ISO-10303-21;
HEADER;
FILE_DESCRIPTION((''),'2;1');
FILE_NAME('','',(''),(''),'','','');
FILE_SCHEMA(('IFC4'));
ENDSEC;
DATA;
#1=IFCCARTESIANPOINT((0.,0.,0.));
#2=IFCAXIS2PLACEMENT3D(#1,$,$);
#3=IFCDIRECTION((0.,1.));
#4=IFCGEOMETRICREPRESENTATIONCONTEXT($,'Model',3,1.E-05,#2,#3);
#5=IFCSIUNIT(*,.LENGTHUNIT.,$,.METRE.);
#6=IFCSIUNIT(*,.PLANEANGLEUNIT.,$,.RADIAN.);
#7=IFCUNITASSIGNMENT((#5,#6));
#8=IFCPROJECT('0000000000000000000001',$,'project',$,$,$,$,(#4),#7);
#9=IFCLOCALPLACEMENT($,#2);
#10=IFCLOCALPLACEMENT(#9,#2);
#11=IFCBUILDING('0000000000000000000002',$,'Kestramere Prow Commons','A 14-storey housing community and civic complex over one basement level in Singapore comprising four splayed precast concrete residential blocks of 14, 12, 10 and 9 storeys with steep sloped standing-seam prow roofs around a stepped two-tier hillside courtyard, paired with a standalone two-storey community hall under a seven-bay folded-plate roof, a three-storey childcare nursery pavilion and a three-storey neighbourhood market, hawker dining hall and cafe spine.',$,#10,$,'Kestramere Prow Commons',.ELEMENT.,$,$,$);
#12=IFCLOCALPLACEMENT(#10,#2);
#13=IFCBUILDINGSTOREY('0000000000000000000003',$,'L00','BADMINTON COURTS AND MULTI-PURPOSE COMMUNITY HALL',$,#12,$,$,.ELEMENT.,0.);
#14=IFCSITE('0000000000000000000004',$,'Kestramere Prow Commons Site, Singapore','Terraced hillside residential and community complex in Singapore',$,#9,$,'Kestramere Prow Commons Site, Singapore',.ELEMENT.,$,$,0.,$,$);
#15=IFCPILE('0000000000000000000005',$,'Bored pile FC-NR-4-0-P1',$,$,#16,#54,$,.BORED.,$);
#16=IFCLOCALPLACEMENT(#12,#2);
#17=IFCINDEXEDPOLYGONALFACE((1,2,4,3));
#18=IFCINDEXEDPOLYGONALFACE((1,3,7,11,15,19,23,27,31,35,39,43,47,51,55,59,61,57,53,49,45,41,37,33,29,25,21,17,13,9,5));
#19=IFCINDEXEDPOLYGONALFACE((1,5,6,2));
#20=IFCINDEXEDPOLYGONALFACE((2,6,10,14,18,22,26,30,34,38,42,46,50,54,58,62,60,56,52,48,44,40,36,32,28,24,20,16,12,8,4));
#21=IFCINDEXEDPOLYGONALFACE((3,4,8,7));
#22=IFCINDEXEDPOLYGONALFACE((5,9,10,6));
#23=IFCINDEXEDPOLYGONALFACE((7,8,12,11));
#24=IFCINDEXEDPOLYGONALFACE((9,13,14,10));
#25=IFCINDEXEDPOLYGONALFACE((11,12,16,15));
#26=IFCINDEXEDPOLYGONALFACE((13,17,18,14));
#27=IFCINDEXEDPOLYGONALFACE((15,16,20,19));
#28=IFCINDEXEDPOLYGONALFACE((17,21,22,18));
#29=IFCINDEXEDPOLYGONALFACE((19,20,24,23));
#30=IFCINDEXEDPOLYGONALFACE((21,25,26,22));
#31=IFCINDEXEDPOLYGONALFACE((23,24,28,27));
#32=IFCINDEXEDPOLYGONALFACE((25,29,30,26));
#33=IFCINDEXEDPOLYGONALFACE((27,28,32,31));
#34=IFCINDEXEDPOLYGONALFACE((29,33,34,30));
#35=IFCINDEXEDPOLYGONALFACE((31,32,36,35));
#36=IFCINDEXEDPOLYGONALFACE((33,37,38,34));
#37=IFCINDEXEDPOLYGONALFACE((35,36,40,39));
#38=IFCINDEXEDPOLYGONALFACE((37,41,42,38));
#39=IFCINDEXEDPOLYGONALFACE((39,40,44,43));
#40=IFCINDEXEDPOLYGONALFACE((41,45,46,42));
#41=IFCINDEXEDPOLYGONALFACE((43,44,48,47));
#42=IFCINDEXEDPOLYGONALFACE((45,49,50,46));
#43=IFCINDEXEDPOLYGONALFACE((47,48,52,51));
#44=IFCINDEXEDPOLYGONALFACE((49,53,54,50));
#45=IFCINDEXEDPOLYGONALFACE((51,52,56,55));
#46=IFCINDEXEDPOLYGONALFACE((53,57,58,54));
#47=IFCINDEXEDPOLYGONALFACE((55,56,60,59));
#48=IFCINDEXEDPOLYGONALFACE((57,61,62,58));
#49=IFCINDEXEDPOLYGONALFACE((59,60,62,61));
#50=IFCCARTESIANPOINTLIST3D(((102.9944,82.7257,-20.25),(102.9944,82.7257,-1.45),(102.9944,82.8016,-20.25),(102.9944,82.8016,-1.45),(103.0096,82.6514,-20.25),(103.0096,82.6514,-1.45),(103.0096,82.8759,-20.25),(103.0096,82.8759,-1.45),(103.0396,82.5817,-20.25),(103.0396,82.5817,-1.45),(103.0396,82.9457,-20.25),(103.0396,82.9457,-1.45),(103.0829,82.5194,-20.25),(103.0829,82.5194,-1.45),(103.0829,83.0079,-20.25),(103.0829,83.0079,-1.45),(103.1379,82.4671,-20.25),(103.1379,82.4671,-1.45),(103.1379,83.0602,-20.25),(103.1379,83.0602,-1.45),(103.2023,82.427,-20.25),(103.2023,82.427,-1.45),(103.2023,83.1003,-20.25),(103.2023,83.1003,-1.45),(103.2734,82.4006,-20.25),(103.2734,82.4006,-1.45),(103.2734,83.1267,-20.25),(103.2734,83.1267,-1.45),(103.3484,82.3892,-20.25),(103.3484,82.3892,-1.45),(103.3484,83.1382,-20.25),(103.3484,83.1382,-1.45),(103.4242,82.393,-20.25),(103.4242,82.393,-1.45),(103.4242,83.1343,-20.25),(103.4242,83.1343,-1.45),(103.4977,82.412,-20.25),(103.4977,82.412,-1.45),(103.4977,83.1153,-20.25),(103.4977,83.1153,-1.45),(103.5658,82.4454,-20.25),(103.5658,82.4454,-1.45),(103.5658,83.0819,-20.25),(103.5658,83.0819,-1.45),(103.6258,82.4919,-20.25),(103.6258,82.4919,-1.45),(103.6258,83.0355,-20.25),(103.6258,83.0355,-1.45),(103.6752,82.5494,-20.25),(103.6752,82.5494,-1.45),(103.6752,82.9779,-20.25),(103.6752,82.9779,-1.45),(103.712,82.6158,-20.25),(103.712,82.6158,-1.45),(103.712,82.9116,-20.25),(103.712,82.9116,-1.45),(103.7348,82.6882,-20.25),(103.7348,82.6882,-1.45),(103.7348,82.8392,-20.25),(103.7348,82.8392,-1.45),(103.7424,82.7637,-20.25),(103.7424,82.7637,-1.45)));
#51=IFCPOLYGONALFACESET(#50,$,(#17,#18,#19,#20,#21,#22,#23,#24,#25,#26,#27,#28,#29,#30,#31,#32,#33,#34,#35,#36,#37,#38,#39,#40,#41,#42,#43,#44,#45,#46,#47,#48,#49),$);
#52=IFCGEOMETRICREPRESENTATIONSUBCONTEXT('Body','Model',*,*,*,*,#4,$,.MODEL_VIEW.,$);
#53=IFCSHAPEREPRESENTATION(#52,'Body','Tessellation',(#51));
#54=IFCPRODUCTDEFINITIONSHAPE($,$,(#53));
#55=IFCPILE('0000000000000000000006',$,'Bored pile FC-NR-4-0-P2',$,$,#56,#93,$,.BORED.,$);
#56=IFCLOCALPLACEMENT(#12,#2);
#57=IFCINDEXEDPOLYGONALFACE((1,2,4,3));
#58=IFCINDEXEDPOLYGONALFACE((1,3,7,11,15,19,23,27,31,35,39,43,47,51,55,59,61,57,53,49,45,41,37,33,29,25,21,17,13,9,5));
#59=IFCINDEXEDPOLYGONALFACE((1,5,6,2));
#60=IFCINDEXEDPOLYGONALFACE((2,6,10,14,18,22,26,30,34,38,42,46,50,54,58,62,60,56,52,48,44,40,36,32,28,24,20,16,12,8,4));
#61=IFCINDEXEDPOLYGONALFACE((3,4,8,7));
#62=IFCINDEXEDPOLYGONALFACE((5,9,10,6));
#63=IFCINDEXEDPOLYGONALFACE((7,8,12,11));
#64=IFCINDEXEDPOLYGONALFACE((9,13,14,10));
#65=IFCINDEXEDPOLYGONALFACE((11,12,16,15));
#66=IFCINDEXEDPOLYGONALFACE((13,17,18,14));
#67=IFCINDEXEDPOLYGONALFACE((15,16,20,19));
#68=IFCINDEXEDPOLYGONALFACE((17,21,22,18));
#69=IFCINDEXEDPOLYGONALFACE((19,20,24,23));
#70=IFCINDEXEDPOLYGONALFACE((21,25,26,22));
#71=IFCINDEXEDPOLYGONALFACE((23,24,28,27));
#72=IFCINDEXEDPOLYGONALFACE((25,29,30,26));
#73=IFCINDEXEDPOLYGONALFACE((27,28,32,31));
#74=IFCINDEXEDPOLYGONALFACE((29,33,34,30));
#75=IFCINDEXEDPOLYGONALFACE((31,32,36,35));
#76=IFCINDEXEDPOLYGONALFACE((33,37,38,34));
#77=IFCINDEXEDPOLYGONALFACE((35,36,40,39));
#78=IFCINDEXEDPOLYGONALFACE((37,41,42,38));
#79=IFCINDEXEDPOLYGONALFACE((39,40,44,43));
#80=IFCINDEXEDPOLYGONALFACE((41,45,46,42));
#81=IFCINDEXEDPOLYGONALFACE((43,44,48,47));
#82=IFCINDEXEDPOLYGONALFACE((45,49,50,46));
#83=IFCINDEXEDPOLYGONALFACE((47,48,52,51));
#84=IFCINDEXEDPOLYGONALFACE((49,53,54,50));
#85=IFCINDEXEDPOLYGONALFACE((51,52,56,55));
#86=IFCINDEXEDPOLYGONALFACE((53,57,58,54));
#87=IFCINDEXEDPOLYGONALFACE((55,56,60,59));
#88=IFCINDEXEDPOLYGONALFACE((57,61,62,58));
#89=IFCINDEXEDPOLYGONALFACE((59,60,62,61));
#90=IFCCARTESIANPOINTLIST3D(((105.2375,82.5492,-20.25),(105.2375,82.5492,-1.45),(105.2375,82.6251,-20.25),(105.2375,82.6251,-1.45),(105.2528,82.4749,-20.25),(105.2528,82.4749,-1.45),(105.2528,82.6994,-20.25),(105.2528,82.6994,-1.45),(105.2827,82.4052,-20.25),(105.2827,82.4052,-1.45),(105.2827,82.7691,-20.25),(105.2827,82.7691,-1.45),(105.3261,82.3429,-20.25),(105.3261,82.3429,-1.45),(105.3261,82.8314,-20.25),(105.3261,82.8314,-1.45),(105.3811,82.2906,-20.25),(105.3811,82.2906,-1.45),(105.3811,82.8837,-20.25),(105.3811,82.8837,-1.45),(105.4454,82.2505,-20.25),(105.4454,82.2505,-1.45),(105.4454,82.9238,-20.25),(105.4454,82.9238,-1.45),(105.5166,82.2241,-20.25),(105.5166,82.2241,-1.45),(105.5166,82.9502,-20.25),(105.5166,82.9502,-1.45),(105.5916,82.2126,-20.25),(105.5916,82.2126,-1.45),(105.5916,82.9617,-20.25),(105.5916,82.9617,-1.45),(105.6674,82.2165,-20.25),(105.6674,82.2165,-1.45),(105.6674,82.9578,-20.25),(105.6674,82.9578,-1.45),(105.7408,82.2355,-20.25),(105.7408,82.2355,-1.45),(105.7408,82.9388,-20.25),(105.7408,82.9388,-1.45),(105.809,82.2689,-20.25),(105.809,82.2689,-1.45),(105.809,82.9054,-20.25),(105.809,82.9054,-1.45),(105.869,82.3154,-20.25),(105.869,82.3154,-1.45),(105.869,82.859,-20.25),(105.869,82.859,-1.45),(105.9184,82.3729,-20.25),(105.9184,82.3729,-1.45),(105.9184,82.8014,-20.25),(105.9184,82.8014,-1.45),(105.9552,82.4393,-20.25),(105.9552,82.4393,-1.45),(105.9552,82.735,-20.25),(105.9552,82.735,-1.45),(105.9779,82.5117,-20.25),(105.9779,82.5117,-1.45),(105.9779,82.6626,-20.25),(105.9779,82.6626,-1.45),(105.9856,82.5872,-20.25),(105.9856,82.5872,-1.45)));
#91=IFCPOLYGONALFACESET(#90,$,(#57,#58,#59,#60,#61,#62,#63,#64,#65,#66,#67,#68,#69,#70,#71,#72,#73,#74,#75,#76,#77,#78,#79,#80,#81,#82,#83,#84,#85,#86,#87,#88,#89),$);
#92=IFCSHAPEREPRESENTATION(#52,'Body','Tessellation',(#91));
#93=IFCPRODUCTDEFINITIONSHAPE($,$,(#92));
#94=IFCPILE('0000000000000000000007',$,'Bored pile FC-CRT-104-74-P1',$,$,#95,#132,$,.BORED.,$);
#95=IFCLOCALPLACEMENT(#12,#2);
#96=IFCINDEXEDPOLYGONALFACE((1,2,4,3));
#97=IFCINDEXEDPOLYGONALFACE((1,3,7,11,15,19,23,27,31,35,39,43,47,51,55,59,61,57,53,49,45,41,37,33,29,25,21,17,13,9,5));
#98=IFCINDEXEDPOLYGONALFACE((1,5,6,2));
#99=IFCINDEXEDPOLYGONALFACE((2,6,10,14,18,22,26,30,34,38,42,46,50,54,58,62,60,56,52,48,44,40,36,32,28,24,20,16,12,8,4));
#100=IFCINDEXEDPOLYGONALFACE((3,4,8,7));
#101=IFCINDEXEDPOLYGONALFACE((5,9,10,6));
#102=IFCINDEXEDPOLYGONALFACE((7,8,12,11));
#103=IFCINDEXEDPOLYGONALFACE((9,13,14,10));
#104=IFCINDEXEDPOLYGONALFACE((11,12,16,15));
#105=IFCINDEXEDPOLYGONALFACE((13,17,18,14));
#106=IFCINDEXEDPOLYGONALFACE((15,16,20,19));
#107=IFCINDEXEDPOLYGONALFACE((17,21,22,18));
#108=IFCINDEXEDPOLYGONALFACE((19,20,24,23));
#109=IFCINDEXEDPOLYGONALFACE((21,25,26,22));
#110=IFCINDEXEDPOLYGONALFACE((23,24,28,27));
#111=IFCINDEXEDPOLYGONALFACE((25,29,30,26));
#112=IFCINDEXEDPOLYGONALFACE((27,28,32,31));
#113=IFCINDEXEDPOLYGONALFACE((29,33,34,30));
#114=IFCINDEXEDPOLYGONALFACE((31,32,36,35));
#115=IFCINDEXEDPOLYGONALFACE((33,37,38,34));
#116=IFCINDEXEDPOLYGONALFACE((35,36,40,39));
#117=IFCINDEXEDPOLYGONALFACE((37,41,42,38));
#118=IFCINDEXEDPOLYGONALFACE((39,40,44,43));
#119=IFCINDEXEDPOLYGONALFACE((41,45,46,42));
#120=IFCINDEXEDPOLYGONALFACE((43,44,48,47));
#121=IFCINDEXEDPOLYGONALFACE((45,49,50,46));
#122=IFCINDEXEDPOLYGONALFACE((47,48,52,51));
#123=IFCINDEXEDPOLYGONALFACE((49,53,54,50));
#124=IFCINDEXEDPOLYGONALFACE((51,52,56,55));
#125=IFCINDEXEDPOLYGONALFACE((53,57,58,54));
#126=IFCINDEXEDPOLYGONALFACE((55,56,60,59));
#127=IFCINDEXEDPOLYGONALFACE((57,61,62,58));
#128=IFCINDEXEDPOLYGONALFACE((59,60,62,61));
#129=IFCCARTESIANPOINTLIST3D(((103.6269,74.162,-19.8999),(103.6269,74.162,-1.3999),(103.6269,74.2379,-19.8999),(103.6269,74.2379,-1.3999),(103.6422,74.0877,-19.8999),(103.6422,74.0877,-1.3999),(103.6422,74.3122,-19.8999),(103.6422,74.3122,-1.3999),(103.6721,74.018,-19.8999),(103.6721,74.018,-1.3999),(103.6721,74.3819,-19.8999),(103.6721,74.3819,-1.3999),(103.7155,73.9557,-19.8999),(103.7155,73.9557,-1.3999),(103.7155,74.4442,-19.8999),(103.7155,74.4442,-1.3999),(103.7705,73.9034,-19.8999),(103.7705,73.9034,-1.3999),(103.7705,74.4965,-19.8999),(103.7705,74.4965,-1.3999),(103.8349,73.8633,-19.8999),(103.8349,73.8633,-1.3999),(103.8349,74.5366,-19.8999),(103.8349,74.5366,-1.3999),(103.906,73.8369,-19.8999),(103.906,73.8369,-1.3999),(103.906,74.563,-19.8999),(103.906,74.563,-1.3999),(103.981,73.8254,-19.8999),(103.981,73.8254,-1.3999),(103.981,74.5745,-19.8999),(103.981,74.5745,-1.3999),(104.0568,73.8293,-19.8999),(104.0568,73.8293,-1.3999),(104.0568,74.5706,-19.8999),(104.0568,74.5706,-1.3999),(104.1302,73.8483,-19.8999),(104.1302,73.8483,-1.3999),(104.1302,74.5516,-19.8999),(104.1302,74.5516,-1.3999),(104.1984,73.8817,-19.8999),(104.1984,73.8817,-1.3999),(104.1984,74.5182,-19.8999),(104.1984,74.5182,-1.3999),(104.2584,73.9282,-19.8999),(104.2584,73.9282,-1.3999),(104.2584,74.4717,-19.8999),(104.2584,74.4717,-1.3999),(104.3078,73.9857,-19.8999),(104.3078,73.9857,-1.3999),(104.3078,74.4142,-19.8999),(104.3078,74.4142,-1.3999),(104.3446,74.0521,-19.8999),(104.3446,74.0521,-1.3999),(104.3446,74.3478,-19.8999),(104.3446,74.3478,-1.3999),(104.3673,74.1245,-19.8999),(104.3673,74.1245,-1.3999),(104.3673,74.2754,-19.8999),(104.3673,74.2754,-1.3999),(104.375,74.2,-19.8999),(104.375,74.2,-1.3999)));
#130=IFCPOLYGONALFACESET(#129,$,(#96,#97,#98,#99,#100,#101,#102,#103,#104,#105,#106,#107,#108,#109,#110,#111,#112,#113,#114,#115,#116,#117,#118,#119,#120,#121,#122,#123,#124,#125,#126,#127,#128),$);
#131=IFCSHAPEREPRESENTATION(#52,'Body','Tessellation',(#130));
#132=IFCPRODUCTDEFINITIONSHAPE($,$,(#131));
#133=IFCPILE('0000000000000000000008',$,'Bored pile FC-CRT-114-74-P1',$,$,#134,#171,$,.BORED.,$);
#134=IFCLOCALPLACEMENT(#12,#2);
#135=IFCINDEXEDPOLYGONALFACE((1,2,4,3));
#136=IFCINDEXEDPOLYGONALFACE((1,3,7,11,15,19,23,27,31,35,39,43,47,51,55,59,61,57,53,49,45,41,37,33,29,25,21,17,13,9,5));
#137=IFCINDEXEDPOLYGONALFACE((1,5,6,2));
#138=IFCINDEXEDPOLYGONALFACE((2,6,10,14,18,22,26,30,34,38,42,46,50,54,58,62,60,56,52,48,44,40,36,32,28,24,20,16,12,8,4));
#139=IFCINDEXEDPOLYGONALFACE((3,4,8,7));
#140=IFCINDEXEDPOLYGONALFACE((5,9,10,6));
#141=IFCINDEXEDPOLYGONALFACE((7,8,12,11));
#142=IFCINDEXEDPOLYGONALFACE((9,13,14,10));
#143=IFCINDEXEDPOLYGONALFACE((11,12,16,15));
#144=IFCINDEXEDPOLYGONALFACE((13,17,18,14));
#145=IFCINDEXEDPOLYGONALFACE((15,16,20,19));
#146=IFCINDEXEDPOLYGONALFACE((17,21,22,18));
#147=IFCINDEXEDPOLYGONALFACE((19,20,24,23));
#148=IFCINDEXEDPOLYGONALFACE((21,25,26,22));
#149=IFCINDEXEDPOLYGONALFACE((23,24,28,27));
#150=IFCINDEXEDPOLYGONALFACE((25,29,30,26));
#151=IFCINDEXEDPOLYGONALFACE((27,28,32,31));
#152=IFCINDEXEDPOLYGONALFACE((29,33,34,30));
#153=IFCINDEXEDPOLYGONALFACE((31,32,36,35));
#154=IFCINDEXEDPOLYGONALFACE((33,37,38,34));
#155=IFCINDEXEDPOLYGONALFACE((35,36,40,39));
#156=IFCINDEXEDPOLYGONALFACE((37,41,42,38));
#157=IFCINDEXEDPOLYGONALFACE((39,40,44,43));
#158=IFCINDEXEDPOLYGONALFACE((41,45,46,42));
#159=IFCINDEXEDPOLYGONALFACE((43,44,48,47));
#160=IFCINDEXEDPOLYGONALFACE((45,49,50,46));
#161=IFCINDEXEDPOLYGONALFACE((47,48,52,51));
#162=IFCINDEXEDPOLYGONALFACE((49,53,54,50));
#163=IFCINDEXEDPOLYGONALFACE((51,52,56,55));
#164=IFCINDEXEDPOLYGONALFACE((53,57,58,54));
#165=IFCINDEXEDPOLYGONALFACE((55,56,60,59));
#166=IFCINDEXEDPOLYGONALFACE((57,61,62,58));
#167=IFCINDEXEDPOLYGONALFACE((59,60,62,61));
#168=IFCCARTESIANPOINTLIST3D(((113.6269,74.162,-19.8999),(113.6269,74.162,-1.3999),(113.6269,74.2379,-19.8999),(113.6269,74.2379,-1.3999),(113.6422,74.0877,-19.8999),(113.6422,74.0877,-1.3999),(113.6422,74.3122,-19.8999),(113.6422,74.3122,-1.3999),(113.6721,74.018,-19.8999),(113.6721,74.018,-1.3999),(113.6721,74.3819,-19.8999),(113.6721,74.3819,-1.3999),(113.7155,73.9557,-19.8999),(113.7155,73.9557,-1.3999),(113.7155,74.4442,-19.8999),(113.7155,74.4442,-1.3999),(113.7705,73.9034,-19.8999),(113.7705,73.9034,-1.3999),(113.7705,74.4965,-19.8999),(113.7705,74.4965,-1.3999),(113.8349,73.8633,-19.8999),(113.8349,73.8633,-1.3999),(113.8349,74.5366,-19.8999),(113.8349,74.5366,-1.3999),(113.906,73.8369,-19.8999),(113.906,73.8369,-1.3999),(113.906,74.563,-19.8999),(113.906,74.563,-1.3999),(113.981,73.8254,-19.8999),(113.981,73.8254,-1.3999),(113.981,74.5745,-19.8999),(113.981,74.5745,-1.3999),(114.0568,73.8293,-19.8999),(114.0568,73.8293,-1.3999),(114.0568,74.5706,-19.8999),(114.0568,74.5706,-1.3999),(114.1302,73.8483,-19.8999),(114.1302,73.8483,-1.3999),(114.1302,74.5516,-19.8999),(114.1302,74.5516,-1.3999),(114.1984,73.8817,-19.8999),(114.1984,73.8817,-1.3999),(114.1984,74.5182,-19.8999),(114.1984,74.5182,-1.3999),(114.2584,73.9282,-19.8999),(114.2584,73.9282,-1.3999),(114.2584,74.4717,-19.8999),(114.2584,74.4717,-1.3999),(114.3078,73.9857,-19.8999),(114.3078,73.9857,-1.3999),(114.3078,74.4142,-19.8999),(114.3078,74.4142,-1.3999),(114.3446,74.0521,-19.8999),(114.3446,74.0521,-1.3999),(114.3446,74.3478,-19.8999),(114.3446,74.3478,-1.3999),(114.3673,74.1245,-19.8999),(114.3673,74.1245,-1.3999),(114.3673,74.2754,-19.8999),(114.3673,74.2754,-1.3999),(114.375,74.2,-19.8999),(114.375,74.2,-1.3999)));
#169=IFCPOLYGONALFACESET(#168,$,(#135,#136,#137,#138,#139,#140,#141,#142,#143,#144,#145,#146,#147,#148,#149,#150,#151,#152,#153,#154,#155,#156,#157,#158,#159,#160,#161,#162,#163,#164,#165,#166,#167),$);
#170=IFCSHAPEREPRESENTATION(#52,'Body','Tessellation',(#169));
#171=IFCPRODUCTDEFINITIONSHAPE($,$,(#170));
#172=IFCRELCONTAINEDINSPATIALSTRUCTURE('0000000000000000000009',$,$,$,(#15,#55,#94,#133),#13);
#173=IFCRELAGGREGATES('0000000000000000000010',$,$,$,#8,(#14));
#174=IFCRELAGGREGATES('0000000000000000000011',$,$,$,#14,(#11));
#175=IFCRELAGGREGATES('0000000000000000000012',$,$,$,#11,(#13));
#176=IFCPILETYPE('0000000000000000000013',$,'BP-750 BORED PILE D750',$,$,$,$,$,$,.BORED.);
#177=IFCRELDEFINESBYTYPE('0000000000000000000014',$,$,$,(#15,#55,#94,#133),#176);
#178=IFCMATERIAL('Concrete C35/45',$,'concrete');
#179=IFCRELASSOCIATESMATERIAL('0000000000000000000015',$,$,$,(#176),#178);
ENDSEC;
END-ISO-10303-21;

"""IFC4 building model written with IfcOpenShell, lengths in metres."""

from ifc_helpers import new_model, si_unit, direction, frame, origin, origin_2d, place, context, subcontext, project, spatial, circle, extrude, material, material_profile, profile_set, type_object, element, save


model = new_model("IFC4")

# Units and contexts
model_context = context("Model", 3, precision=1e-05, world=origin(), true_north=direction((0.0, 1.0)))
body_context = subcontext(model_context, "Body", "Model", "MODEL_VIEW")
ifc_project = project(units=[si_unit("LENGTHUNIT", "METRE"), si_unit("PLANEANGLEUNIT", "RADIAN")], contexts=[model_context])

# Site, building, storey
site_placement = place(None, origin())
site = spatial("IfcSite", under=ifc_project, at=site_placement, Name="Kestramere Prow Commons Site, Singapore", Description="Terraced hillside residential and community complex in Singapore", LongName="Kestramere Prow Commons Site, Singapore", CompositionType="ELEMENT", RefElevation=0.0)
building_placement = place(site_placement, origin())
building = spatial("IfcBuilding", under=site, at=building_placement, Name="Kestramere Prow Commons", Description="A 14-storey housing community and civic complex over one basement level in Singapore comprising four splayed precast concrete residential blocks of 14, 12, 10 and 9 storeys with steep sloped standing-seam prow roofs around a stepped two-tier hillside courtyard, paired with a standalone two-storey community hall under a seven-bay folded-plate roof, a three-storey childcare nursery pavilion and a three-storey neighbourhood market, hawker dining hall and cafe spine.", LongName="Kestramere Prow Commons", CompositionType="ELEMENT")
storey_placement = place(building_placement, origin())
storey = spatial("IfcBuildingStorey", under=building, at=storey_placement, Name="L00", Description="BADMINTON COURTS AND MULTI-PURPOSE COMMUNITY HALL", CompositionType="ELEMENT", Elevation=0.0)

# Piles
ifc_material_1 = material(Name="Concrete C35/45", Category="concrete")
ifc_material_profile_1 = material_profile(ifc_material_1, circle(Radius=0.375, at=origin_2d()), Name="BORED PILE D750")
ifc_profile_set_1 = profile_set([ifc_material_profile_1], Name="Concrete C35/45")
pile_type_1 = type_object("IfcPileType", Name="BP-750 BORED PILE D750", PredefinedType="BORED", material=ifc_profile_set_1)
for number, where, z_axis, x_axis, name in (
    (1, (103.3674, 82.7637, -1.45), (0.0, 0.0, -1.0), (1.0, 0.0, 0.0), "Bored pile FC-NR-4-0-P1"),
    (2, (105.6106, 82.5872, -1.45), (0.0, 0.0, -1.0), (1.0, 0.0, 0.0), "Bored pile FC-NR-4-0-P2"),
):
    element("IfcPile", number, at=place(storey_placement, frame(where, z_axis=z_axis, x_axis=x_axis)), inside=storey, type_object=pile_type_1, Name=name, PredefinedType="BORED", context=body_context, shape_type="SweptSolid", body=[
        extrude(circle(Radius=0.375, at=origin_2d()), origin(), (0.0, 0.0, 1.0), 18.8),
    ])
for number, where, z_axis, x_axis, name in (
    (3, (104.0, 74.2, -1.3999), (0.0, 0.0, -1.0), (1.0, 0.0, 0.0), "Bored pile FC-CRT-104-74-P1"),
    (4, (114.0, 74.2, -1.3999), (0.0, 0.0, -1.0), (1.0, 0.0, 0.0), "Bored pile FC-CRT-114-74-P1"),
):
    element("IfcPile", number, at=place(storey_placement, frame(where, z_axis=z_axis, x_axis=x_axis)), inside=storey, type_object=pile_type_1, Name=name, PredefinedType="BORED", context=body_context, shape_type="SweptSolid", body=[
        extrude(circle(Radius=0.375, at=origin_2d()), origin(), (0.0, 0.0, 1.0), 18.5),
    ])

save(model, "model.ifc")
